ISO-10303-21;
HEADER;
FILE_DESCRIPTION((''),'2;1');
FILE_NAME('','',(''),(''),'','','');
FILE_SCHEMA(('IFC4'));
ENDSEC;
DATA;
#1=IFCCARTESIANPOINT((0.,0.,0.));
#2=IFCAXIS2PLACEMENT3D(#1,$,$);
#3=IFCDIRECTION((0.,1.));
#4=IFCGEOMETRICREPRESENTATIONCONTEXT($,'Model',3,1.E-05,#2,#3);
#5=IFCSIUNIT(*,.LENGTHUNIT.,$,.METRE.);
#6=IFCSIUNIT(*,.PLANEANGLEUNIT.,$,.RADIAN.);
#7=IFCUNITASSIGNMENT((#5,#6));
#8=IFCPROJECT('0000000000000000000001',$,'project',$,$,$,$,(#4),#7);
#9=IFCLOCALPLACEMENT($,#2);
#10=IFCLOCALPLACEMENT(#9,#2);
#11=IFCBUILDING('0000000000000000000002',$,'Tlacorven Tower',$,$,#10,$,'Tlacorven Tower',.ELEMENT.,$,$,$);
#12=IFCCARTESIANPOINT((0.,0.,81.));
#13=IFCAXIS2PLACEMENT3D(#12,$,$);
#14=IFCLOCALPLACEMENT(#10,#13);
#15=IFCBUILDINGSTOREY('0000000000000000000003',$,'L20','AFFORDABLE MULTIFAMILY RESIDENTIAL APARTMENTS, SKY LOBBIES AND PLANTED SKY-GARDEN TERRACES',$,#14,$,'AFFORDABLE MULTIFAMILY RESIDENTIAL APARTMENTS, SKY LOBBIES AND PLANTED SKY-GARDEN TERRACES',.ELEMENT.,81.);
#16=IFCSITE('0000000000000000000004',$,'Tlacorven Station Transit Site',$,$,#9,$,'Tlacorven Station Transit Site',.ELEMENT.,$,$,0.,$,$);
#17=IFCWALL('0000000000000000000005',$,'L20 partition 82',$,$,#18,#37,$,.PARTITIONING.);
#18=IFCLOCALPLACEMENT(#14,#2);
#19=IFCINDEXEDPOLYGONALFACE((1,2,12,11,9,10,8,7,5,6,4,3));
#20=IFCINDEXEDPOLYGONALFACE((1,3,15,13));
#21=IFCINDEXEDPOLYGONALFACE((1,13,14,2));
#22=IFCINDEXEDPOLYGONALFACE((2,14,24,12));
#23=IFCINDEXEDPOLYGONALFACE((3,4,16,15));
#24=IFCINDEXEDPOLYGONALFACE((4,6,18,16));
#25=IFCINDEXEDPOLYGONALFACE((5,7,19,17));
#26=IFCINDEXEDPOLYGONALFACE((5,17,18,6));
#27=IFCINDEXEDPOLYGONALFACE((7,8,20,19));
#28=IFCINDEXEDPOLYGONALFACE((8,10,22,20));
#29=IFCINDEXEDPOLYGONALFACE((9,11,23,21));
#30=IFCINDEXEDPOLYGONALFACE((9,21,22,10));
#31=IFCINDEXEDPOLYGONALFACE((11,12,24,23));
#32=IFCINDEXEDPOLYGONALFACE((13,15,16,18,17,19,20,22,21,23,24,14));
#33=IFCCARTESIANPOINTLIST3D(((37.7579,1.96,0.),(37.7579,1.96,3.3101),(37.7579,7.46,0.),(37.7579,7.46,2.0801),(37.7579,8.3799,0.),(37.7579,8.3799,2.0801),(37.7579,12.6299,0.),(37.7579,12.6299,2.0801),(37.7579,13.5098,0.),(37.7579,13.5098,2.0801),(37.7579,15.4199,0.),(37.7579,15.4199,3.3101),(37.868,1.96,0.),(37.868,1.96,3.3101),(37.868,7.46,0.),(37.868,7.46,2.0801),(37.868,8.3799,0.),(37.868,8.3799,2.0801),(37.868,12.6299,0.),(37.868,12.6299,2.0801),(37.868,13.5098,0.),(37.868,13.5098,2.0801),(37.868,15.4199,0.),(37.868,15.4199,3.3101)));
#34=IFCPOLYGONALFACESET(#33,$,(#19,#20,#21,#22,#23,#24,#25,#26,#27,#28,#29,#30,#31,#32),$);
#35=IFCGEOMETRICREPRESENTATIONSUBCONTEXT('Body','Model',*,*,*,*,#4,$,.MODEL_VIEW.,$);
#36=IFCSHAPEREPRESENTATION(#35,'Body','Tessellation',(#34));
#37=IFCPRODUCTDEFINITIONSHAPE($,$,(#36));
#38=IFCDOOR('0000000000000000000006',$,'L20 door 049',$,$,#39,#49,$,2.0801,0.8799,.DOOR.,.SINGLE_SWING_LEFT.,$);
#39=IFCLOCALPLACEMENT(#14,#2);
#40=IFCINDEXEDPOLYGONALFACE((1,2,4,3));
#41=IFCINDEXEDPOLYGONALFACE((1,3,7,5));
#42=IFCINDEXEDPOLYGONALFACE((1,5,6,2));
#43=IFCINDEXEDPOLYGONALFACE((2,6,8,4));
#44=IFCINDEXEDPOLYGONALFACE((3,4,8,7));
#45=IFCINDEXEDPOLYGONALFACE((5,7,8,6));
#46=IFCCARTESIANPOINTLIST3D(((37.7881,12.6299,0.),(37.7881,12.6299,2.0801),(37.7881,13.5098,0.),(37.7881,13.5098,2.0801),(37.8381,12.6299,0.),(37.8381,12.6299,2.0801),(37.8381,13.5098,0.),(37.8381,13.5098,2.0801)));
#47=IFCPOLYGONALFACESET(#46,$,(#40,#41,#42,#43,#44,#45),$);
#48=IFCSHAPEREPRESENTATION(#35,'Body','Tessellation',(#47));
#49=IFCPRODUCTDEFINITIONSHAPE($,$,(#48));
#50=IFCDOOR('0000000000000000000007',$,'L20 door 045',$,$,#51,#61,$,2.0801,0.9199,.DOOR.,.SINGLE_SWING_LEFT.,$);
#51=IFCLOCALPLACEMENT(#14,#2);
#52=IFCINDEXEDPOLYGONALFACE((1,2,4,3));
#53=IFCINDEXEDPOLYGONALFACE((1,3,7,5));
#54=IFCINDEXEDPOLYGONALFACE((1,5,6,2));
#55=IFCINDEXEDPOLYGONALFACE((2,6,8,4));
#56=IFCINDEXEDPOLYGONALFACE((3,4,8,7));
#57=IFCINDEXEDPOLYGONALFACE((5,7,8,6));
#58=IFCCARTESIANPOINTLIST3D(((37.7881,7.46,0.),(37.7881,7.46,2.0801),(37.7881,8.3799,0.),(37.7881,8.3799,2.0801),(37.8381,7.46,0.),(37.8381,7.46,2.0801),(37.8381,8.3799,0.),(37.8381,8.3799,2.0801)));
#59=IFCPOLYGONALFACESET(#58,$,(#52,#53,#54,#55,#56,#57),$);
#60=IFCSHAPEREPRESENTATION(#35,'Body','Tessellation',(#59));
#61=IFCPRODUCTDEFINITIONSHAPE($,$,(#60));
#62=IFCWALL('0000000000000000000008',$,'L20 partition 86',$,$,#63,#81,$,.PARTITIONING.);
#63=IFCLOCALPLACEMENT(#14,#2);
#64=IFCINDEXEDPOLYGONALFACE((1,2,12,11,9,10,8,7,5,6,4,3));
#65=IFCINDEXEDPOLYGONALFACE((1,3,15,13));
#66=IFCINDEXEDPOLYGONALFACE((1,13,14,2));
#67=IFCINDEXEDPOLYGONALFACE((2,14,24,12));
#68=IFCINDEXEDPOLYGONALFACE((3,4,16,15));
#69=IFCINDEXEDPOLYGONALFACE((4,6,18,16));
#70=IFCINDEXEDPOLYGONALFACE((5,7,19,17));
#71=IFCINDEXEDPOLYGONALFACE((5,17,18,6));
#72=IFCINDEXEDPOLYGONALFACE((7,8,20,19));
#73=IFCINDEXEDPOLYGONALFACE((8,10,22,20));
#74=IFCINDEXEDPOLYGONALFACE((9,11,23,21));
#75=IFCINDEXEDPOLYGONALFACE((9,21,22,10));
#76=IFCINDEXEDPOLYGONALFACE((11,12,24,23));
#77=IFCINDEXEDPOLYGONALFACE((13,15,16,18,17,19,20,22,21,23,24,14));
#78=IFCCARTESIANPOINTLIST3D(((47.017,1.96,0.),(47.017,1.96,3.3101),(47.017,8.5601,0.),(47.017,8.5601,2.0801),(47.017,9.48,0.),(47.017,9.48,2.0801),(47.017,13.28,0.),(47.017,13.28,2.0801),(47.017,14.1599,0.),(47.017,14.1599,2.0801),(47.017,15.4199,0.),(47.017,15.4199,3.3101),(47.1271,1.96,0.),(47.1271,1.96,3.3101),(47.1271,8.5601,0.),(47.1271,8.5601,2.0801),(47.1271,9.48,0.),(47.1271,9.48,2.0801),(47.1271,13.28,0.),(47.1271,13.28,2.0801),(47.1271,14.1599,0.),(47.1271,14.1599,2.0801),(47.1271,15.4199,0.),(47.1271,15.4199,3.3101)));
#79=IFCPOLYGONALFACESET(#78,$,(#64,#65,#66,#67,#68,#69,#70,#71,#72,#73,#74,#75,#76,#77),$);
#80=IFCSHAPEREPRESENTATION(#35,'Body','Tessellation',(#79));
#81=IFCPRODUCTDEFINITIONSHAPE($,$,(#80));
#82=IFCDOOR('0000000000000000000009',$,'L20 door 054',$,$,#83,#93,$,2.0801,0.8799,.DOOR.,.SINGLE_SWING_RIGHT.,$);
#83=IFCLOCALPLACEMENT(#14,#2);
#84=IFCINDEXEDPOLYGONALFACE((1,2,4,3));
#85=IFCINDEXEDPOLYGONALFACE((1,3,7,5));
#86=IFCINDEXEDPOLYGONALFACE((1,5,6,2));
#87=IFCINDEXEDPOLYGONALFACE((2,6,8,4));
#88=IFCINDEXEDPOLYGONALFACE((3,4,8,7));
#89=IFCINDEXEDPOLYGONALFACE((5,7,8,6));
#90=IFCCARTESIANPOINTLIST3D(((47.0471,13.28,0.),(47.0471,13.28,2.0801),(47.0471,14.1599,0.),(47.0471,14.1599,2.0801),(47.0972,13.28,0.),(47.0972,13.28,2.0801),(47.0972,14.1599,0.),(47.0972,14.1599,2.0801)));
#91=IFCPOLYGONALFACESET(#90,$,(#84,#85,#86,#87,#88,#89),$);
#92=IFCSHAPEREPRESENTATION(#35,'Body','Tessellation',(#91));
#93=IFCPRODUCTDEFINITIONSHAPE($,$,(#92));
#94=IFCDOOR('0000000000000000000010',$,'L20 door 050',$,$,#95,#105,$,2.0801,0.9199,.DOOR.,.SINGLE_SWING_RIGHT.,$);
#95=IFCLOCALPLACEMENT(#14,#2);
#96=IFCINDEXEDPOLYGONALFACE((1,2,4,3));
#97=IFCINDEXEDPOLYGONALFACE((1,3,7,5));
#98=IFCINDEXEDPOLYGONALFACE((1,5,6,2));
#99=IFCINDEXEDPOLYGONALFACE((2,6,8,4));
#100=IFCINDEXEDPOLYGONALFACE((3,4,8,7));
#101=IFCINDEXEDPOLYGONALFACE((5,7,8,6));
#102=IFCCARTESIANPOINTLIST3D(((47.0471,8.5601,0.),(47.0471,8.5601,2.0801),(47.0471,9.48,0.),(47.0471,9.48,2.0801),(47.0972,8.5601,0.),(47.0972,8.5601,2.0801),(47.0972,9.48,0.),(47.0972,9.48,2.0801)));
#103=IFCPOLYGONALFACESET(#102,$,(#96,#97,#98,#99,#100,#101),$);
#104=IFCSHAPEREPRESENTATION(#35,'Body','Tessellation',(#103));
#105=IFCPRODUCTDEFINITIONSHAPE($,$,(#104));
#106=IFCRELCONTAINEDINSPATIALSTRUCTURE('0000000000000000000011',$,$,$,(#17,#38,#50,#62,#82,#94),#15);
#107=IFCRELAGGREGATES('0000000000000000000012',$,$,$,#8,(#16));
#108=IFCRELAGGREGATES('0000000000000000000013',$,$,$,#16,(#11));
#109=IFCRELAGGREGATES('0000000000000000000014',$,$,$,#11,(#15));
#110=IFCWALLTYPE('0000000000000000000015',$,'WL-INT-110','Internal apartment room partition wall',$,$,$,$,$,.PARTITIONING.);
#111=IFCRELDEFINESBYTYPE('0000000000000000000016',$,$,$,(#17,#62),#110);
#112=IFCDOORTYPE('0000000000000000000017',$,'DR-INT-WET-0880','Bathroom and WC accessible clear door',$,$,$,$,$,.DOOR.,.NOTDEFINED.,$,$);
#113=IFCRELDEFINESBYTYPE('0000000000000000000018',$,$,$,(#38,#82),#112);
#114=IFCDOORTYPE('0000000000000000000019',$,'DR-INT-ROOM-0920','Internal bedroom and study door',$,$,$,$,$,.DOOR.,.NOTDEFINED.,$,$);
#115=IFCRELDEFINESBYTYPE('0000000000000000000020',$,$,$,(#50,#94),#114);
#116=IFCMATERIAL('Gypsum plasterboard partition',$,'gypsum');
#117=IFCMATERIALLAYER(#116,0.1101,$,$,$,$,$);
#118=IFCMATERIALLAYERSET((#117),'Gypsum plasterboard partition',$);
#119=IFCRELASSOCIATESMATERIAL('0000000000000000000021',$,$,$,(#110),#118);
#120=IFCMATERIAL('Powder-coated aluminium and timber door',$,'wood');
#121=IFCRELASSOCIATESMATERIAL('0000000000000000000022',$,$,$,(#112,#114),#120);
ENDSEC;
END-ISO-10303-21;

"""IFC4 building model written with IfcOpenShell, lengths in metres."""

from ifc_helpers import new_model, si_unit, direction, frame, frame_2d, origin, place, context, subcontext, project, spatial, rectangle, extrude, source, transform, mapped, material, layer, layer_set, type_object, element, fill, save


model = new_model("IFC4")

# Units and contexts
model_context = context("Model", 3, precision=1e-05, world=origin(), true_north=direction((0.0, 1.0)))
body_context = subcontext(model_context, "Body", "Model", "MODEL_VIEW")
ifc_project = project(units=[si_unit("LENGTHUNIT", "METRE"), si_unit("PLANEANGLEUNIT", "RADIAN")], contexts=[model_context])

# Site, building, storey
site_placement = place(None, origin())
site = spatial("IfcSite", under=ifc_project, at=site_placement, Name="Tlacorven Station Transit Site", LongName="Tlacorven Station Transit Site", CompositionType="ELEMENT", RefElevation=0.0)
building_placement = place(site_placement, origin())
building = spatial("IfcBuilding", under=site, at=building_placement, Name="Tlacorven Tower", LongName="Tlacorven Tower", CompositionType="ELEMENT")
storey_placement = place(building_placement, frame((0.0, 0.0, 81.0)))
storey = spatial("IfcBuildingStorey", under=building, at=storey_placement, Name="L20", Description="AFFORDABLE MULTIFAMILY RESIDENTIAL APARTMENTS, SKY LOBBIES AND PLANTED SKY-GARDEN TERRACES", LongName="AFFORDABLE MULTIFAMILY RESIDENTIAL APARTMENTS, SKY LOBBIES AND PLANTED SKY-GARDEN TERRACES", CompositionType="ELEMENT", Elevation=81.0)

# Walls, openings, doors
ifc_material_1 = material(Name="Gypsum plasterboard partition", Category="gypsum")
ifc_layer_1 = layer(ifc_material_1, 0.1101)
ifc_layer_set_1 = layer_set([ifc_layer_1], Name="Gypsum plasterboard partition")
wall_type_1 = type_object("IfcWallType", Name="WL-INT-110", Description="Internal apartment room partition wall", PredefinedType="PARTITIONING", material=ifc_layer_set_1)
wall_1_placement = place(storey_placement, frame((37.813, 1.96, 0.0), z_axis=(0.0, 0.0, 1.0), x_axis=(0.0, 1.0, 0.0)))
wall_1 = element("IfcWall", 1, at=wall_1_placement, inside=storey, type_object=wall_type_1, Name="L20 partition 82", PredefinedType="PARTITIONING", context=body_context, shape_type="SweptSolid", body=[
    extrude(rectangle(XDim=13.46, YDim=0.1101, at=frame_2d((6.73, 0.0))), origin(), (0.0, 0.0, 1.0), 3.3101),
])
opening_1_placement = place(wall_1_placement, frame((5.5, 0.0, 0.0)))
opening_1 = element("IfcOpeningElement", 2, at=opening_1_placement, cuts=wall_1, PredefinedType="OPENING", context=body_context, shape_type="SweptSolid", body=[
    extrude(rectangle(XDim=0.9199, YDim=2.0801, at=frame_2d((0.46, 1.04))), frame((0.0, 0.0649, 0.0), z_axis=(0.0, -1.0, 0.0), x_axis=(1.0, 0.0, 0.0)), (0.0, 0.0, 1.0), 0.1301),
])
opening_2_placement = place(wall_1_placement, frame((10.6699, 0.0, 0.0)))
opening_2 = element("IfcOpeningElement", 3, at=opening_2_placement, cuts=wall_1, PredefinedType="OPENING", context=body_context, shape_type="SweptSolid", body=[
    extrude(rectangle(XDim=0.8799, YDim=2.0801, at=frame_2d((0.4399, 1.04))), frame((0.0, 0.0649, 0.0), z_axis=(0.0, -1.0, 0.0), x_axis=(1.0, 0.0, 0.0)), (0.0, 0.0, 1.0), 0.1301),
])
ifc_material_2 = material(Name="Powder-coated aluminium and timber door", Category="wood")
door_type_1 = type_object("IfcDoorType", Name="DR-INT-WET-0880", Description="Bathroom and WC accessible clear door", OperationType="NOTDEFINED", PredefinedType="DOOR", material=ifc_material_2)
shared_shape_1 = source(origin(), body_context, "Body", "SweptSolid", [
    extrude(rectangle(XDim=0.8799, YDim=2.0801, at=frame_2d((0.4399, 1.04))), frame((0.0, 0.0249, 0.0), z_axis=(0.0, -1.0, 0.0), x_axis=(1.0, 0.0, 0.0)), (0.0, 0.0, 1.0), 0.05),
])
door_1_placement = place(opening_2_placement, origin())
door_1 = element("IfcDoor", 4, at=door_1_placement, inside=storey, type_object=door_type_1, Name="L20 door 049", OperationType="SINGLE_SWING_LEFT", OverallHeight=2.0801, OverallWidth=0.8799, PredefinedType="DOOR", context=body_context, shape_type="MappedRepresentation", body=[
    mapped(shared_shape_1, transform((0.0, 0.0, 0.0), scale=1.0)),
])
fill(opening_2, door_1)
door_type_2 = type_object("IfcDoorType", Name="DR-INT-ROOM-0920", Description="Internal bedroom and study door", OperationType="NOTDEFINED", PredefinedType="DOOR", material=ifc_material_2)
shared_shape_2 = source(origin(), body_context, "Body", "SweptSolid", [
    extrude(rectangle(XDim=0.9199, YDim=2.0801, at=frame_2d((0.46, 1.04))), frame((0.0, 0.0249, 0.0), z_axis=(0.0, -1.0, 0.0), x_axis=(1.0, 0.0, 0.0)), (0.0, 0.0, 1.0), 0.05),
])
door_2_placement = place(opening_1_placement, origin())
door_2 = element("IfcDoor", 5, at=door_2_placement, inside=storey, type_object=door_type_2, Name="L20 door 045", OperationType="SINGLE_SWING_LEFT", OverallHeight=2.0801, OverallWidth=0.9199, PredefinedType="DOOR", context=body_context, shape_type="MappedRepresentation", body=[
    mapped(shared_shape_2, transform((0.0, 0.0, 0.0), scale=1.0)),
])
fill(opening_1, door_2)
wall_2_placement = place(storey_placement, frame((47.072, 1.96, 0.0), z_axis=(0.0, 0.0, 1.0), x_axis=(0.0, 1.0, 0.0)))
wall_2 = element("IfcWall", 6, at=wall_2_placement, inside=storey, type_object=wall_type_1, Name="L20 partition 86", PredefinedType="PARTITIONING", context=body_context, shape_type="SweptSolid", body=[
    extrude(rectangle(XDim=13.46, YDim=0.1101, at=frame_2d((6.73, 0.0))), origin(), (0.0, 0.0, 1.0), 3.3101),
])
opening_3_placement = place(wall_2_placement, frame((6.6001, 0.0, 0.0)))
opening_3 = element("IfcOpeningElement", 7, at=opening_3_placement, cuts=wall_2, PredefinedType="OPENING", context=body_context, shape_type="SweptSolid", body=[
    extrude(rectangle(XDim=0.9199, YDim=2.0801, at=frame_2d((0.46, 1.04))), frame((0.0, 0.0649, 0.0), z_axis=(0.0, -1.0, 0.0), x_axis=(1.0, 0.0, 0.0)), (0.0, 0.0, 1.0), 0.1301),
])
opening_4_placement = place(wall_2_placement, frame((11.3201, 0.0, 0.0)))
opening_4 = element("IfcOpeningElement", 8, at=opening_4_placement, cuts=wall_2, PredefinedType="OPENING", context=body_context, shape_type="SweptSolid", body=[
    extrude(rectangle(XDim=0.8799, YDim=2.0801, at=frame_2d((0.4399, 1.04))), frame((0.0, 0.0649, 0.0), z_axis=(0.0, -1.0, 0.0), x_axis=(1.0, 0.0, 0.0)), (0.0, 0.0, 1.0), 0.1301),
])
door_3_placement = place(opening_4_placement, origin())
door_3 = element("IfcDoor", 9, at=door_3_placement, inside=storey, type_object=door_type_1, Name="L20 door 054", OperationType="SINGLE_SWING_RIGHT", OverallHeight=2.0801, OverallWidth=0.8799, PredefinedType="DOOR", context=body_context, shape_type="MappedRepresentation", body=[
    mapped(shared_shape_1, transform((0.0, 0.0, 0.0), scale=1.0)),
])
fill(opening_4, door_3)
door_4_placement = place(opening_3_placement, origin())
door_4 = element("IfcDoor", 10, at=door_4_placement, inside=storey, type_object=door_type_2, Name="L20 door 050", OperationType="SINGLE_SWING_RIGHT", OverallHeight=2.0801, OverallWidth=0.9199, PredefinedType="DOOR", context=body_context, shape_type="MappedRepresentation", body=[
    mapped(shared_shape_2, transform((0.0, 0.0, 0.0), scale=1.0)),
])
fill(opening_3, door_4)

save(model, "model.ifc")
